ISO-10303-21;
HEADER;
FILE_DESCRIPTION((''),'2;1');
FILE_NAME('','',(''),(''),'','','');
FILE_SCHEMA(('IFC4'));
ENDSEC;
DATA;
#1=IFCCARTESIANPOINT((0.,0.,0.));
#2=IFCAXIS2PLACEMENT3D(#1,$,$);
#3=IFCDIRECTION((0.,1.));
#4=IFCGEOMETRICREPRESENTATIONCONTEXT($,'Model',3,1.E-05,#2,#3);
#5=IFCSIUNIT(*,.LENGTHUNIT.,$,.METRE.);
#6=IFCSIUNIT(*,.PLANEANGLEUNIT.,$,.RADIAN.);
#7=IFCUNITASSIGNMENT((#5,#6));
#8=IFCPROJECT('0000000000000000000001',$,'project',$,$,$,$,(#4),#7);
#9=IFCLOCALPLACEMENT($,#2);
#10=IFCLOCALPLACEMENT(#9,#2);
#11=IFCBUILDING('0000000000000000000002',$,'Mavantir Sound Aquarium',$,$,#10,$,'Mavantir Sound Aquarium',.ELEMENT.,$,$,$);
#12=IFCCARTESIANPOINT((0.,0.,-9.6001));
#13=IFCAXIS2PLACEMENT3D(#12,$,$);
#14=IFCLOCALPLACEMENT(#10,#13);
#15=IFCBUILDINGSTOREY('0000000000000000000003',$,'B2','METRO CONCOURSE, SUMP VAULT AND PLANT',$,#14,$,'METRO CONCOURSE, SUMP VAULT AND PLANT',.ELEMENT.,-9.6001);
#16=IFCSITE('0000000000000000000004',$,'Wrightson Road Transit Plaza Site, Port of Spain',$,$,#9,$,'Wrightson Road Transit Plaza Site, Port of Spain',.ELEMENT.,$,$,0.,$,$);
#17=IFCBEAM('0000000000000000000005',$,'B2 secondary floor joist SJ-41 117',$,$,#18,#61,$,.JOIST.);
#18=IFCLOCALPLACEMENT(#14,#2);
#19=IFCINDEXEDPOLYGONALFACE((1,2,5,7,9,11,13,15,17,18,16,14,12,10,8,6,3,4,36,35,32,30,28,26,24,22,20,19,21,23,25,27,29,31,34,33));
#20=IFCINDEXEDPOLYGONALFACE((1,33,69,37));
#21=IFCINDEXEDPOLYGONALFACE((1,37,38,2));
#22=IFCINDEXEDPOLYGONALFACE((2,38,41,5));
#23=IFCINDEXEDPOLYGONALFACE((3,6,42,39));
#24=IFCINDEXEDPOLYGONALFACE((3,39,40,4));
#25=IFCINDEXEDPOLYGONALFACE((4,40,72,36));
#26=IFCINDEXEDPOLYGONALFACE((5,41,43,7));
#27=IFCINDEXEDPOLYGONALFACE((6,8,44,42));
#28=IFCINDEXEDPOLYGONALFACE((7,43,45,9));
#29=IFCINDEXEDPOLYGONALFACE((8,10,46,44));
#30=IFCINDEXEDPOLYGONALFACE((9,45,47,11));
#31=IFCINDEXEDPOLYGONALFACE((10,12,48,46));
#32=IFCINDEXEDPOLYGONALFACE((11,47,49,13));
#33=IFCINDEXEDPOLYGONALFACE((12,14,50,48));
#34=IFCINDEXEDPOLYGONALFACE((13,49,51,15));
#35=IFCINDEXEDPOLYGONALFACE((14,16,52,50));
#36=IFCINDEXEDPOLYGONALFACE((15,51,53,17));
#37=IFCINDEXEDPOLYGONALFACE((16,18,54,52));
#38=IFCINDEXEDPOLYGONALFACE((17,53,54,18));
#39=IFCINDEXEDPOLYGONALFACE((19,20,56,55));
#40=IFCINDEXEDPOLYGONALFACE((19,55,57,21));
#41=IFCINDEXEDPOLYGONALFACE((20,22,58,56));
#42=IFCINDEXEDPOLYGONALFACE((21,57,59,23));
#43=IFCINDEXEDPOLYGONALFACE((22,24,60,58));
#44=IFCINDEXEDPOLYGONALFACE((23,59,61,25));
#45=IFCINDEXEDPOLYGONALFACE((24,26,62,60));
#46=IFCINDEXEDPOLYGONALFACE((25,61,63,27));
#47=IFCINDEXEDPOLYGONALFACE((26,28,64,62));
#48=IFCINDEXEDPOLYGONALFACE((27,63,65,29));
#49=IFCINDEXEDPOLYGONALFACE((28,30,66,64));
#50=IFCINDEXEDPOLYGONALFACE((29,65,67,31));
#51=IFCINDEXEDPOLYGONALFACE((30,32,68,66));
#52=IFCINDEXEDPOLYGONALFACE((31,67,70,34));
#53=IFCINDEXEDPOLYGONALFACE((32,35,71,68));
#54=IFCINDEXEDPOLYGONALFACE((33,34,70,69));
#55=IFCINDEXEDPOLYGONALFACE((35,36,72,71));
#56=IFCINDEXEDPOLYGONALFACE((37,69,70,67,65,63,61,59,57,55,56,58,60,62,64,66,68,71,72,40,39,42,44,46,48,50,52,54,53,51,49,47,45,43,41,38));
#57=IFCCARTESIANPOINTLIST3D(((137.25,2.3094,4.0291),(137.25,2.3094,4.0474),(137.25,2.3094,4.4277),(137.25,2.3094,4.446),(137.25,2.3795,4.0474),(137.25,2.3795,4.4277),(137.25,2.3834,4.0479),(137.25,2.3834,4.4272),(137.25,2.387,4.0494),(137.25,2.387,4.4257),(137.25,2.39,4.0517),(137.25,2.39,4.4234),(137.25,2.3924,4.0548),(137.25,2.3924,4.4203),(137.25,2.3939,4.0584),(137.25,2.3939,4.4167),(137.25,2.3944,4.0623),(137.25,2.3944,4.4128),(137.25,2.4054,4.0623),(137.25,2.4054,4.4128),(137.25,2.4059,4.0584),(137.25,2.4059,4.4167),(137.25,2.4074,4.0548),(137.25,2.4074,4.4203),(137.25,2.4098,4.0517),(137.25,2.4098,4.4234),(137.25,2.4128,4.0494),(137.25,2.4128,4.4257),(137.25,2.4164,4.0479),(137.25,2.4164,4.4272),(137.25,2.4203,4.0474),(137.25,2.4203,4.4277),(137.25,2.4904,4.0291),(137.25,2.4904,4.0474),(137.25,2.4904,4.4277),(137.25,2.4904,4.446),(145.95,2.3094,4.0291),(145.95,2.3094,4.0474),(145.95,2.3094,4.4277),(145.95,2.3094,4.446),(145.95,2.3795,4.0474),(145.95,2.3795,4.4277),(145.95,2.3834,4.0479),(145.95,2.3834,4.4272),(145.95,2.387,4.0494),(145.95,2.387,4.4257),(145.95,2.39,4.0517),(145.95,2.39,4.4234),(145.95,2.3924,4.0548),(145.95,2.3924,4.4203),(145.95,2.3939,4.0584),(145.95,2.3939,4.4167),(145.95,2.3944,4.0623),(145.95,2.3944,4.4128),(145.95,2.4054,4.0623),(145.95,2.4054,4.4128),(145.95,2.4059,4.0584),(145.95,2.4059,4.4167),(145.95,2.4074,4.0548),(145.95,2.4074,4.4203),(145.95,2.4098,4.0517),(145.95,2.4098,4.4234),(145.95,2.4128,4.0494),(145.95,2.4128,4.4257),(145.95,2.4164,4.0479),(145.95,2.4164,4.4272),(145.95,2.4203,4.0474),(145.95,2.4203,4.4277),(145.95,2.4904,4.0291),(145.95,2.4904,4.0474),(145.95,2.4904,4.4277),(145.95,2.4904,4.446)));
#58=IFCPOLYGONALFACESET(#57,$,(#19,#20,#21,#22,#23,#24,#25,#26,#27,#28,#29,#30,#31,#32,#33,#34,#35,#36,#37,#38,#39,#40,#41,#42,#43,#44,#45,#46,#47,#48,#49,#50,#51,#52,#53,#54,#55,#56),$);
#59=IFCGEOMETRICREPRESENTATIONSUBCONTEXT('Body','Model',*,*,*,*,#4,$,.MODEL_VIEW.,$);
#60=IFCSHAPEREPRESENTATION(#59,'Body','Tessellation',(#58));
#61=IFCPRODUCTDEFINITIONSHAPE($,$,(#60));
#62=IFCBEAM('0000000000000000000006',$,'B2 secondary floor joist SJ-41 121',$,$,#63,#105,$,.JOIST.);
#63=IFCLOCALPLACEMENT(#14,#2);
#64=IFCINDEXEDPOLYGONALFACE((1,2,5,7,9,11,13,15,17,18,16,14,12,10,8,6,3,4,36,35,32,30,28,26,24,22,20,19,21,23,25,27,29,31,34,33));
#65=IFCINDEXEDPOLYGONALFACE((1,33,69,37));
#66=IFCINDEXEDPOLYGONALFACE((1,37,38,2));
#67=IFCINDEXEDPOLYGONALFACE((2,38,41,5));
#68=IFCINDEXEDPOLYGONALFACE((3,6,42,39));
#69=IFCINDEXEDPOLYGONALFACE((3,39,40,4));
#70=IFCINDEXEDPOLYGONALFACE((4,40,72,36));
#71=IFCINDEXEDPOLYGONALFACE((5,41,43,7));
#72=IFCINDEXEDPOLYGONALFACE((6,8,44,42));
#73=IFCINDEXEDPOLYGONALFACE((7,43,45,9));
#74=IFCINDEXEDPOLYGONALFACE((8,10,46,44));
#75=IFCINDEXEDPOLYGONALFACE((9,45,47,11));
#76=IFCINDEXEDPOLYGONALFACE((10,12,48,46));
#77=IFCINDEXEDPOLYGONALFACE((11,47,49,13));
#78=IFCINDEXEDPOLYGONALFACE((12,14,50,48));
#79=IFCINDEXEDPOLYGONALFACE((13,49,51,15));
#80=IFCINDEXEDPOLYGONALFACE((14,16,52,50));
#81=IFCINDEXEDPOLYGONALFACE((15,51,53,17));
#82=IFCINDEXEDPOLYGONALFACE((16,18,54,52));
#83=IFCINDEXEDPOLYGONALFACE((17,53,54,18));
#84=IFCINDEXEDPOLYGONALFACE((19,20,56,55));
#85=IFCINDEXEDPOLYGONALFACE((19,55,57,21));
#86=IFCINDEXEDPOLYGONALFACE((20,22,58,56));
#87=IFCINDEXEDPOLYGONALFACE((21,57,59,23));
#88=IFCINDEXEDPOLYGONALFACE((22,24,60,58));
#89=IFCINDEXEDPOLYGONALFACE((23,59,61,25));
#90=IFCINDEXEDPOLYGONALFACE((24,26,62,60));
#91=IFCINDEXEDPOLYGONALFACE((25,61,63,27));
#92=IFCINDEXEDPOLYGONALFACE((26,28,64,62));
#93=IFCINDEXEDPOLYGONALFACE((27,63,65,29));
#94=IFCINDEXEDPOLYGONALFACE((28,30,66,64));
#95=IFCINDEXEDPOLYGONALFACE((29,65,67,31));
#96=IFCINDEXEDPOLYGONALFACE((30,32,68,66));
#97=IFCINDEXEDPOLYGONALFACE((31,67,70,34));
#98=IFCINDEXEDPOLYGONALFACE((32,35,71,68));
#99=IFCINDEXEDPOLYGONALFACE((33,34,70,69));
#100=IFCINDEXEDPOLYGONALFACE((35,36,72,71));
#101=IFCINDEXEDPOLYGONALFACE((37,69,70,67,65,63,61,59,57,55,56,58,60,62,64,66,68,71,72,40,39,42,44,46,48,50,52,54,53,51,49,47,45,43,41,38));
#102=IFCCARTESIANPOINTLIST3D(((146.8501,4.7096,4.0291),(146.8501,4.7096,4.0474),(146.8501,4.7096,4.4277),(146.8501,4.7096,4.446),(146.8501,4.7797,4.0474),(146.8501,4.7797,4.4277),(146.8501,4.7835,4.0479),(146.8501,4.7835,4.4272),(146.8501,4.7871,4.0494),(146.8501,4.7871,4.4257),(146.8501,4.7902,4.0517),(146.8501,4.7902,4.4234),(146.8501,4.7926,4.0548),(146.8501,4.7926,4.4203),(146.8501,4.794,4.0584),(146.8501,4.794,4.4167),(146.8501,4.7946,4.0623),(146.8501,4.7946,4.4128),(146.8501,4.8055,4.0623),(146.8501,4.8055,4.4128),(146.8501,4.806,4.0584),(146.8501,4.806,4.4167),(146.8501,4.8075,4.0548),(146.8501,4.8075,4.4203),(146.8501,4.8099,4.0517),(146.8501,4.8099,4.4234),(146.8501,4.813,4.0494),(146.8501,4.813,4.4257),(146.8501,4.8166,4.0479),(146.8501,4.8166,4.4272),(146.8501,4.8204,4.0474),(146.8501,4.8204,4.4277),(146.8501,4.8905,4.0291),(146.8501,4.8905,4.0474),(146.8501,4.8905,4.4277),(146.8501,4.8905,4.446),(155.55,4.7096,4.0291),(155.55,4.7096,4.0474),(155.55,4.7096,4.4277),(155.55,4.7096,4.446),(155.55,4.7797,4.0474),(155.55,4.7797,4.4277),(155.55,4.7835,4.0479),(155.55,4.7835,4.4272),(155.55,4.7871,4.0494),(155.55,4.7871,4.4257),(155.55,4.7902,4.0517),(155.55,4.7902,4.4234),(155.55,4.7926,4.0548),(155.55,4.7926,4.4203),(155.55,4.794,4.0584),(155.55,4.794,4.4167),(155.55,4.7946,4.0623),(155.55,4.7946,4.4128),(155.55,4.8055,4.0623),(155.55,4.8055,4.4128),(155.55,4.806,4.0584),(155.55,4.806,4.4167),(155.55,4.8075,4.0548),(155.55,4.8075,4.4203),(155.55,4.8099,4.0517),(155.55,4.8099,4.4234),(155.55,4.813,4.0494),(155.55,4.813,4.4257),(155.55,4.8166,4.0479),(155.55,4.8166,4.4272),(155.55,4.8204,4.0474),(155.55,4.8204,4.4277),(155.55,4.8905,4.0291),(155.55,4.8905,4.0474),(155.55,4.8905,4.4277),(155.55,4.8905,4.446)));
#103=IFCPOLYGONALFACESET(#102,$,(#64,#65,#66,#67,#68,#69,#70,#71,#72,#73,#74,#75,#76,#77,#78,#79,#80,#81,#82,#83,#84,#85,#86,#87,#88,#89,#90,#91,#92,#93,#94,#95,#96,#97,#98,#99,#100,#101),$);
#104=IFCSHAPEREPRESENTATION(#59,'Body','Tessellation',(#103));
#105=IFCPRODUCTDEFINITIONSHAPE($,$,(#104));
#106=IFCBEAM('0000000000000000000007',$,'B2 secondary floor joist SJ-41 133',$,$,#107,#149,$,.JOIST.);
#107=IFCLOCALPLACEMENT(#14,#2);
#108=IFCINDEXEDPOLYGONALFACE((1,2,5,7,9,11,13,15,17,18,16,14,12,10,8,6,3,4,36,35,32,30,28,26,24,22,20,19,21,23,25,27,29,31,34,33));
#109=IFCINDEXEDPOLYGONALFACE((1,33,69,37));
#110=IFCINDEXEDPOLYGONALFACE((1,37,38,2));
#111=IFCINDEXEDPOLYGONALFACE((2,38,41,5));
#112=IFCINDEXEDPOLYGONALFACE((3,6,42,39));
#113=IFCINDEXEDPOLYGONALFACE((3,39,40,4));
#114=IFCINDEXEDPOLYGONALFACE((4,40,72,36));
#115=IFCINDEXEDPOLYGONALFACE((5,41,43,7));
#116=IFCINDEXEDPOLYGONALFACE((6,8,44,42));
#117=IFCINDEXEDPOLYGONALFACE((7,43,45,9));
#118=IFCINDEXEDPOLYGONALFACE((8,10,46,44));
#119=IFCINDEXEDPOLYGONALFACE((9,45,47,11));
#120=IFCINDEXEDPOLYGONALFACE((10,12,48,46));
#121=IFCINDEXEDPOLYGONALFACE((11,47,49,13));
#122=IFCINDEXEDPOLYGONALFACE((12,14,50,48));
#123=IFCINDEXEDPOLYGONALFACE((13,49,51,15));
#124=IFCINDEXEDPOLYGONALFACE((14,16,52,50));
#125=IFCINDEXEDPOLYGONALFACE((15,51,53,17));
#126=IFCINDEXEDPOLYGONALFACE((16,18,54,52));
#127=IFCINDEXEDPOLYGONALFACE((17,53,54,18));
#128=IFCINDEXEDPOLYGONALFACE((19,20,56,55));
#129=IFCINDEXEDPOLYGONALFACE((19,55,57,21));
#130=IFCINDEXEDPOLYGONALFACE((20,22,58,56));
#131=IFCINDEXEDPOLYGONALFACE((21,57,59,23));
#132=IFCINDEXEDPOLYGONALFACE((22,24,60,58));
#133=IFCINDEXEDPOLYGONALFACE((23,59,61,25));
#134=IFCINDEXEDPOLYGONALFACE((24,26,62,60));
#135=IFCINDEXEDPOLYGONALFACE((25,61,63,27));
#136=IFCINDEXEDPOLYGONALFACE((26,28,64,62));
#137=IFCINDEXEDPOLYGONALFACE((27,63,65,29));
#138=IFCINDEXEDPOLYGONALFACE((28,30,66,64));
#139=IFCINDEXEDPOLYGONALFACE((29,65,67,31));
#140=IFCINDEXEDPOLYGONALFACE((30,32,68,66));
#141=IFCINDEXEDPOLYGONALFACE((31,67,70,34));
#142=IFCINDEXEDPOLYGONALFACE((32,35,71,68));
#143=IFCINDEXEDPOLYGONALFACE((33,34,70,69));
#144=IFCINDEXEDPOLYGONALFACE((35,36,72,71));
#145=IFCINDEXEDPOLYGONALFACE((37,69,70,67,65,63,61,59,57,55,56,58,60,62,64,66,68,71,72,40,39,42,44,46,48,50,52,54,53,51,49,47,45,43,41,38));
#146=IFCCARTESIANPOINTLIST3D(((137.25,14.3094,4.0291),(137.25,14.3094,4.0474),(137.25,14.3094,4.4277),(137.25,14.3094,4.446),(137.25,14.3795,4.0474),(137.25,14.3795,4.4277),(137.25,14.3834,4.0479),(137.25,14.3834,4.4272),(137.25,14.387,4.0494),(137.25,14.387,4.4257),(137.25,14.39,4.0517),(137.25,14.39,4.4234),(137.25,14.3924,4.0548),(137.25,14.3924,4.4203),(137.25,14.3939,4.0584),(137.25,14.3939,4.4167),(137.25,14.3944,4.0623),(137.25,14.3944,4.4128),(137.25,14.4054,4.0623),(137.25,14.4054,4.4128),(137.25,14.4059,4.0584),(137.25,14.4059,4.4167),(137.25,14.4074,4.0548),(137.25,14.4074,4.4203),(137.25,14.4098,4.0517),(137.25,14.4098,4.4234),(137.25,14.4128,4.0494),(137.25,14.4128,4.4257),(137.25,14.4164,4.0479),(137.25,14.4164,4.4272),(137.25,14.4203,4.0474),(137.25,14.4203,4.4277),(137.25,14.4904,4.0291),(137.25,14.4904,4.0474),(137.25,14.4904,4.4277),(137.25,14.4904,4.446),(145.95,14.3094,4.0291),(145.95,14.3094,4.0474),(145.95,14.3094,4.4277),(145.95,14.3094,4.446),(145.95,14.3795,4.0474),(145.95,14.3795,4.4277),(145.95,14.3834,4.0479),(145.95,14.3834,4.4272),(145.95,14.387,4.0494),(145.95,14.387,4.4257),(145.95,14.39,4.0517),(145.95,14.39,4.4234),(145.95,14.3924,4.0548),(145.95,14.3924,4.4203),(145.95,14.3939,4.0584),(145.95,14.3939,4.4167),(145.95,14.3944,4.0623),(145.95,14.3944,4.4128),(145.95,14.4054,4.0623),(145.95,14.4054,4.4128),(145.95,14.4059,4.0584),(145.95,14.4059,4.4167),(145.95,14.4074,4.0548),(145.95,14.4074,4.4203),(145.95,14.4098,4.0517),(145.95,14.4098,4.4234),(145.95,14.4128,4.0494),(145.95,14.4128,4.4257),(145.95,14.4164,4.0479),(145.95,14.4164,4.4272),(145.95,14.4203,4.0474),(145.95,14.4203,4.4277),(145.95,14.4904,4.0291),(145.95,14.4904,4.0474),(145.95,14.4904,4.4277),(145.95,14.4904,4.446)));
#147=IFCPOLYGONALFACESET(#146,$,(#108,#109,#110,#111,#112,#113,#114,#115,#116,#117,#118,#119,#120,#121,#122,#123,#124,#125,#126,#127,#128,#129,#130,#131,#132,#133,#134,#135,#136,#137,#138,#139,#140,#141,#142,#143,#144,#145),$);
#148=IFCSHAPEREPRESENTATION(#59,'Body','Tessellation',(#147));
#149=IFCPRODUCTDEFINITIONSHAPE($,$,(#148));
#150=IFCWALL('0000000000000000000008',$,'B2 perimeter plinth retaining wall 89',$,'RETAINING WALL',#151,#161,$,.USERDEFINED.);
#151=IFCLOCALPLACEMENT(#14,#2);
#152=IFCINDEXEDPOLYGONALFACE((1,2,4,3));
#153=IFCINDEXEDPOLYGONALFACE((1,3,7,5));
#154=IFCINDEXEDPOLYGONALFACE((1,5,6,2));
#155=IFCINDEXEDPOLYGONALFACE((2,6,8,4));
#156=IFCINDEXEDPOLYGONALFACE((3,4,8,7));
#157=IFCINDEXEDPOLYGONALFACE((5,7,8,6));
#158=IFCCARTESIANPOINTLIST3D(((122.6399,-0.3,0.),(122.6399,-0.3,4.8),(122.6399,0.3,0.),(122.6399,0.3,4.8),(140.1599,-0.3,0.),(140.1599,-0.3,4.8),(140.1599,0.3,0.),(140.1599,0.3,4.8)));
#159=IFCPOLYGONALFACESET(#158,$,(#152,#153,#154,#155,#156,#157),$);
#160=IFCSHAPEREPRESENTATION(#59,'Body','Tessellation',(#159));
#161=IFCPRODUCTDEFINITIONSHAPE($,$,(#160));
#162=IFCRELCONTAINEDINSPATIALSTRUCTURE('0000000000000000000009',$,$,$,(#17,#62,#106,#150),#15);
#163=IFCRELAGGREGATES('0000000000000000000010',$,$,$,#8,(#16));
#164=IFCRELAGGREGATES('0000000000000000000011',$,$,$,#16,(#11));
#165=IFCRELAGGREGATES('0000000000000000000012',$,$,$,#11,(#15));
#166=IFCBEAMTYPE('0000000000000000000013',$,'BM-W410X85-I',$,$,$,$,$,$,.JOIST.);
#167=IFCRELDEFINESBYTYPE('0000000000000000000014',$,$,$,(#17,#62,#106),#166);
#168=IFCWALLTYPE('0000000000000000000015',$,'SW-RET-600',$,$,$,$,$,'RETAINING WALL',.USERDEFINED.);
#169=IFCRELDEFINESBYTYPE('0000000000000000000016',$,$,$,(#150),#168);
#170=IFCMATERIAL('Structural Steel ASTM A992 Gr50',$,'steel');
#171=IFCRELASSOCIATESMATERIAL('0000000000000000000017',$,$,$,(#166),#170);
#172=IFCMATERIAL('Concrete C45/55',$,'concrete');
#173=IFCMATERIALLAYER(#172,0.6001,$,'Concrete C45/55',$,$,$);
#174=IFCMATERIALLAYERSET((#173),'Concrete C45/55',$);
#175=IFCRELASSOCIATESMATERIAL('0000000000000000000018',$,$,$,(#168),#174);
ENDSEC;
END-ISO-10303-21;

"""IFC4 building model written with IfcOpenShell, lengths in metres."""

from ifc_helpers import new_model, si_unit, direction, frame, frame_2d, origin, origin_2d, place, context, subcontext, project, spatial, rectangle, i_section, extrude, material, layer, layer_set, material_profile, profile_set, type_object, element, save


model = new_model("IFC4")

# Units and contexts
model_context = context("Model", 3, precision=1e-05, world=origin(), true_north=direction((0.0, 1.0)))
body_context = subcontext(model_context, "Body", "Model", "MODEL_VIEW")
ifc_project = project(units=[si_unit("LENGTHUNIT", "METRE"), si_unit("PLANEANGLEUNIT", "RADIAN")], contexts=[model_context])

# Site, building, storey
site_placement = place(None, origin())
site = spatial("IfcSite", under=ifc_project, at=site_placement, Name="Wrightson Road Transit Plaza Site, Port of Spain", LongName="Wrightson Road Transit Plaza Site, Port of Spain", CompositionType="ELEMENT", RefElevation=0.0)
building_placement = place(site_placement, origin())
building = spatial("IfcBuilding", under=site, at=building_placement, Name="Mavantir Sound Aquarium", LongName="Mavantir Sound Aquarium", CompositionType="ELEMENT")
storey_placement = place(building_placement, frame((0.0, 0.0, -9.6001)))
storey = spatial("IfcBuildingStorey", under=building, at=storey_placement, Name="B2", Description="METRO CONCOURSE, SUMP VAULT AND PLANT", LongName="METRO CONCOURSE, SUMP VAULT AND PLANT", CompositionType="ELEMENT", Elevation=-9.6001)

# Shared definitions
ifc_material_1 = material(Name="Concrete C45/55", Category="concrete")

# Beams
ifc_material_2 = material(Name="Structural Steel ASTM A992 Gr50", Category="steel")
ifc_material_profile_1 = material_profile(ifc_material_2, i_section(OverallWidth=0.1809, OverallDepth=0.417, WebThickness=0.011, FlangeThickness=0.0183, FilletRadius=0.0149, at=origin_2d()), Name="W410X85")
ifc_profile_set_1 = profile_set([ifc_material_profile_1], Name="Structural Steel ASTM A992 Gr50")
beam_type_1 = type_object("IfcBeamType", Name="BM-W410X85-I", PredefinedType="JOIST", material=ifc_profile_set_1)
for number, where, z_axis, x_axis, name in (
    (1, (137.25, 2.3999, 4.2375), (1.0, 0.0, 0.0), (0.0, 1.0, 0.0), "B2 secondary floor joist SJ-41 117"),
    (2, (146.8501, 4.8, 4.2375), (1.0, 0.0, 0.0), (0.0, 1.0, 0.0), "B2 secondary floor joist SJ-41 121"),
    (3, (137.25, 14.3999, 4.2375), (1.0, 0.0, 0.0), (0.0, 1.0, 0.0), "B2 secondary floor joist SJ-41 133"),
):
    element("IfcBeam", number, at=place(storey_placement, frame(where, z_axis=z_axis, x_axis=x_axis)), inside=storey, type_object=beam_type_1, Name=name, PredefinedType="JOIST", context=body_context, shape_type="SweptSolid", body=[
        extrude(i_section(OverallWidth=0.1809, OverallDepth=0.417, WebThickness=0.011, FlangeThickness=0.0183, FilletRadius=0.0149, at=origin_2d()), origin(), (0.0, 0.0, 1.0), 8.7),
    ])

# Wall
ifc_layer = layer(ifc_material_1, 0.6001, Name="Concrete C45/55")
ifc_layer_set = layer_set([ifc_layer], Name="Concrete C45/55")
wall_type = type_object("IfcWallType", Name="SW-RET-600", ElementType="RETAINING WALL", PredefinedType="USERDEFINED", material=ifc_layer_set)
wall_placement = place(storey_placement, frame((140.1599, 0.0, 0.0), z_axis=(0.0, 0.0, 1.0), x_axis=(-1.0, 0.0, 0.0)))
element("IfcWall", 4, at=wall_placement, inside=storey, type_object=wall_type, Name="B2 perimeter plinth retaining wall 89", ObjectType="RETAINING WALL", PredefinedType="USERDEFINED", context=body_context, shape_type="SweptSolid", body=[
    extrude(rectangle(XDim=17.52, YDim=0.6001, at=frame_2d((8.76, 0.0))), origin(), (0.0, 0.0, 1.0), 4.8),
])

save(model, "model.ifc")
